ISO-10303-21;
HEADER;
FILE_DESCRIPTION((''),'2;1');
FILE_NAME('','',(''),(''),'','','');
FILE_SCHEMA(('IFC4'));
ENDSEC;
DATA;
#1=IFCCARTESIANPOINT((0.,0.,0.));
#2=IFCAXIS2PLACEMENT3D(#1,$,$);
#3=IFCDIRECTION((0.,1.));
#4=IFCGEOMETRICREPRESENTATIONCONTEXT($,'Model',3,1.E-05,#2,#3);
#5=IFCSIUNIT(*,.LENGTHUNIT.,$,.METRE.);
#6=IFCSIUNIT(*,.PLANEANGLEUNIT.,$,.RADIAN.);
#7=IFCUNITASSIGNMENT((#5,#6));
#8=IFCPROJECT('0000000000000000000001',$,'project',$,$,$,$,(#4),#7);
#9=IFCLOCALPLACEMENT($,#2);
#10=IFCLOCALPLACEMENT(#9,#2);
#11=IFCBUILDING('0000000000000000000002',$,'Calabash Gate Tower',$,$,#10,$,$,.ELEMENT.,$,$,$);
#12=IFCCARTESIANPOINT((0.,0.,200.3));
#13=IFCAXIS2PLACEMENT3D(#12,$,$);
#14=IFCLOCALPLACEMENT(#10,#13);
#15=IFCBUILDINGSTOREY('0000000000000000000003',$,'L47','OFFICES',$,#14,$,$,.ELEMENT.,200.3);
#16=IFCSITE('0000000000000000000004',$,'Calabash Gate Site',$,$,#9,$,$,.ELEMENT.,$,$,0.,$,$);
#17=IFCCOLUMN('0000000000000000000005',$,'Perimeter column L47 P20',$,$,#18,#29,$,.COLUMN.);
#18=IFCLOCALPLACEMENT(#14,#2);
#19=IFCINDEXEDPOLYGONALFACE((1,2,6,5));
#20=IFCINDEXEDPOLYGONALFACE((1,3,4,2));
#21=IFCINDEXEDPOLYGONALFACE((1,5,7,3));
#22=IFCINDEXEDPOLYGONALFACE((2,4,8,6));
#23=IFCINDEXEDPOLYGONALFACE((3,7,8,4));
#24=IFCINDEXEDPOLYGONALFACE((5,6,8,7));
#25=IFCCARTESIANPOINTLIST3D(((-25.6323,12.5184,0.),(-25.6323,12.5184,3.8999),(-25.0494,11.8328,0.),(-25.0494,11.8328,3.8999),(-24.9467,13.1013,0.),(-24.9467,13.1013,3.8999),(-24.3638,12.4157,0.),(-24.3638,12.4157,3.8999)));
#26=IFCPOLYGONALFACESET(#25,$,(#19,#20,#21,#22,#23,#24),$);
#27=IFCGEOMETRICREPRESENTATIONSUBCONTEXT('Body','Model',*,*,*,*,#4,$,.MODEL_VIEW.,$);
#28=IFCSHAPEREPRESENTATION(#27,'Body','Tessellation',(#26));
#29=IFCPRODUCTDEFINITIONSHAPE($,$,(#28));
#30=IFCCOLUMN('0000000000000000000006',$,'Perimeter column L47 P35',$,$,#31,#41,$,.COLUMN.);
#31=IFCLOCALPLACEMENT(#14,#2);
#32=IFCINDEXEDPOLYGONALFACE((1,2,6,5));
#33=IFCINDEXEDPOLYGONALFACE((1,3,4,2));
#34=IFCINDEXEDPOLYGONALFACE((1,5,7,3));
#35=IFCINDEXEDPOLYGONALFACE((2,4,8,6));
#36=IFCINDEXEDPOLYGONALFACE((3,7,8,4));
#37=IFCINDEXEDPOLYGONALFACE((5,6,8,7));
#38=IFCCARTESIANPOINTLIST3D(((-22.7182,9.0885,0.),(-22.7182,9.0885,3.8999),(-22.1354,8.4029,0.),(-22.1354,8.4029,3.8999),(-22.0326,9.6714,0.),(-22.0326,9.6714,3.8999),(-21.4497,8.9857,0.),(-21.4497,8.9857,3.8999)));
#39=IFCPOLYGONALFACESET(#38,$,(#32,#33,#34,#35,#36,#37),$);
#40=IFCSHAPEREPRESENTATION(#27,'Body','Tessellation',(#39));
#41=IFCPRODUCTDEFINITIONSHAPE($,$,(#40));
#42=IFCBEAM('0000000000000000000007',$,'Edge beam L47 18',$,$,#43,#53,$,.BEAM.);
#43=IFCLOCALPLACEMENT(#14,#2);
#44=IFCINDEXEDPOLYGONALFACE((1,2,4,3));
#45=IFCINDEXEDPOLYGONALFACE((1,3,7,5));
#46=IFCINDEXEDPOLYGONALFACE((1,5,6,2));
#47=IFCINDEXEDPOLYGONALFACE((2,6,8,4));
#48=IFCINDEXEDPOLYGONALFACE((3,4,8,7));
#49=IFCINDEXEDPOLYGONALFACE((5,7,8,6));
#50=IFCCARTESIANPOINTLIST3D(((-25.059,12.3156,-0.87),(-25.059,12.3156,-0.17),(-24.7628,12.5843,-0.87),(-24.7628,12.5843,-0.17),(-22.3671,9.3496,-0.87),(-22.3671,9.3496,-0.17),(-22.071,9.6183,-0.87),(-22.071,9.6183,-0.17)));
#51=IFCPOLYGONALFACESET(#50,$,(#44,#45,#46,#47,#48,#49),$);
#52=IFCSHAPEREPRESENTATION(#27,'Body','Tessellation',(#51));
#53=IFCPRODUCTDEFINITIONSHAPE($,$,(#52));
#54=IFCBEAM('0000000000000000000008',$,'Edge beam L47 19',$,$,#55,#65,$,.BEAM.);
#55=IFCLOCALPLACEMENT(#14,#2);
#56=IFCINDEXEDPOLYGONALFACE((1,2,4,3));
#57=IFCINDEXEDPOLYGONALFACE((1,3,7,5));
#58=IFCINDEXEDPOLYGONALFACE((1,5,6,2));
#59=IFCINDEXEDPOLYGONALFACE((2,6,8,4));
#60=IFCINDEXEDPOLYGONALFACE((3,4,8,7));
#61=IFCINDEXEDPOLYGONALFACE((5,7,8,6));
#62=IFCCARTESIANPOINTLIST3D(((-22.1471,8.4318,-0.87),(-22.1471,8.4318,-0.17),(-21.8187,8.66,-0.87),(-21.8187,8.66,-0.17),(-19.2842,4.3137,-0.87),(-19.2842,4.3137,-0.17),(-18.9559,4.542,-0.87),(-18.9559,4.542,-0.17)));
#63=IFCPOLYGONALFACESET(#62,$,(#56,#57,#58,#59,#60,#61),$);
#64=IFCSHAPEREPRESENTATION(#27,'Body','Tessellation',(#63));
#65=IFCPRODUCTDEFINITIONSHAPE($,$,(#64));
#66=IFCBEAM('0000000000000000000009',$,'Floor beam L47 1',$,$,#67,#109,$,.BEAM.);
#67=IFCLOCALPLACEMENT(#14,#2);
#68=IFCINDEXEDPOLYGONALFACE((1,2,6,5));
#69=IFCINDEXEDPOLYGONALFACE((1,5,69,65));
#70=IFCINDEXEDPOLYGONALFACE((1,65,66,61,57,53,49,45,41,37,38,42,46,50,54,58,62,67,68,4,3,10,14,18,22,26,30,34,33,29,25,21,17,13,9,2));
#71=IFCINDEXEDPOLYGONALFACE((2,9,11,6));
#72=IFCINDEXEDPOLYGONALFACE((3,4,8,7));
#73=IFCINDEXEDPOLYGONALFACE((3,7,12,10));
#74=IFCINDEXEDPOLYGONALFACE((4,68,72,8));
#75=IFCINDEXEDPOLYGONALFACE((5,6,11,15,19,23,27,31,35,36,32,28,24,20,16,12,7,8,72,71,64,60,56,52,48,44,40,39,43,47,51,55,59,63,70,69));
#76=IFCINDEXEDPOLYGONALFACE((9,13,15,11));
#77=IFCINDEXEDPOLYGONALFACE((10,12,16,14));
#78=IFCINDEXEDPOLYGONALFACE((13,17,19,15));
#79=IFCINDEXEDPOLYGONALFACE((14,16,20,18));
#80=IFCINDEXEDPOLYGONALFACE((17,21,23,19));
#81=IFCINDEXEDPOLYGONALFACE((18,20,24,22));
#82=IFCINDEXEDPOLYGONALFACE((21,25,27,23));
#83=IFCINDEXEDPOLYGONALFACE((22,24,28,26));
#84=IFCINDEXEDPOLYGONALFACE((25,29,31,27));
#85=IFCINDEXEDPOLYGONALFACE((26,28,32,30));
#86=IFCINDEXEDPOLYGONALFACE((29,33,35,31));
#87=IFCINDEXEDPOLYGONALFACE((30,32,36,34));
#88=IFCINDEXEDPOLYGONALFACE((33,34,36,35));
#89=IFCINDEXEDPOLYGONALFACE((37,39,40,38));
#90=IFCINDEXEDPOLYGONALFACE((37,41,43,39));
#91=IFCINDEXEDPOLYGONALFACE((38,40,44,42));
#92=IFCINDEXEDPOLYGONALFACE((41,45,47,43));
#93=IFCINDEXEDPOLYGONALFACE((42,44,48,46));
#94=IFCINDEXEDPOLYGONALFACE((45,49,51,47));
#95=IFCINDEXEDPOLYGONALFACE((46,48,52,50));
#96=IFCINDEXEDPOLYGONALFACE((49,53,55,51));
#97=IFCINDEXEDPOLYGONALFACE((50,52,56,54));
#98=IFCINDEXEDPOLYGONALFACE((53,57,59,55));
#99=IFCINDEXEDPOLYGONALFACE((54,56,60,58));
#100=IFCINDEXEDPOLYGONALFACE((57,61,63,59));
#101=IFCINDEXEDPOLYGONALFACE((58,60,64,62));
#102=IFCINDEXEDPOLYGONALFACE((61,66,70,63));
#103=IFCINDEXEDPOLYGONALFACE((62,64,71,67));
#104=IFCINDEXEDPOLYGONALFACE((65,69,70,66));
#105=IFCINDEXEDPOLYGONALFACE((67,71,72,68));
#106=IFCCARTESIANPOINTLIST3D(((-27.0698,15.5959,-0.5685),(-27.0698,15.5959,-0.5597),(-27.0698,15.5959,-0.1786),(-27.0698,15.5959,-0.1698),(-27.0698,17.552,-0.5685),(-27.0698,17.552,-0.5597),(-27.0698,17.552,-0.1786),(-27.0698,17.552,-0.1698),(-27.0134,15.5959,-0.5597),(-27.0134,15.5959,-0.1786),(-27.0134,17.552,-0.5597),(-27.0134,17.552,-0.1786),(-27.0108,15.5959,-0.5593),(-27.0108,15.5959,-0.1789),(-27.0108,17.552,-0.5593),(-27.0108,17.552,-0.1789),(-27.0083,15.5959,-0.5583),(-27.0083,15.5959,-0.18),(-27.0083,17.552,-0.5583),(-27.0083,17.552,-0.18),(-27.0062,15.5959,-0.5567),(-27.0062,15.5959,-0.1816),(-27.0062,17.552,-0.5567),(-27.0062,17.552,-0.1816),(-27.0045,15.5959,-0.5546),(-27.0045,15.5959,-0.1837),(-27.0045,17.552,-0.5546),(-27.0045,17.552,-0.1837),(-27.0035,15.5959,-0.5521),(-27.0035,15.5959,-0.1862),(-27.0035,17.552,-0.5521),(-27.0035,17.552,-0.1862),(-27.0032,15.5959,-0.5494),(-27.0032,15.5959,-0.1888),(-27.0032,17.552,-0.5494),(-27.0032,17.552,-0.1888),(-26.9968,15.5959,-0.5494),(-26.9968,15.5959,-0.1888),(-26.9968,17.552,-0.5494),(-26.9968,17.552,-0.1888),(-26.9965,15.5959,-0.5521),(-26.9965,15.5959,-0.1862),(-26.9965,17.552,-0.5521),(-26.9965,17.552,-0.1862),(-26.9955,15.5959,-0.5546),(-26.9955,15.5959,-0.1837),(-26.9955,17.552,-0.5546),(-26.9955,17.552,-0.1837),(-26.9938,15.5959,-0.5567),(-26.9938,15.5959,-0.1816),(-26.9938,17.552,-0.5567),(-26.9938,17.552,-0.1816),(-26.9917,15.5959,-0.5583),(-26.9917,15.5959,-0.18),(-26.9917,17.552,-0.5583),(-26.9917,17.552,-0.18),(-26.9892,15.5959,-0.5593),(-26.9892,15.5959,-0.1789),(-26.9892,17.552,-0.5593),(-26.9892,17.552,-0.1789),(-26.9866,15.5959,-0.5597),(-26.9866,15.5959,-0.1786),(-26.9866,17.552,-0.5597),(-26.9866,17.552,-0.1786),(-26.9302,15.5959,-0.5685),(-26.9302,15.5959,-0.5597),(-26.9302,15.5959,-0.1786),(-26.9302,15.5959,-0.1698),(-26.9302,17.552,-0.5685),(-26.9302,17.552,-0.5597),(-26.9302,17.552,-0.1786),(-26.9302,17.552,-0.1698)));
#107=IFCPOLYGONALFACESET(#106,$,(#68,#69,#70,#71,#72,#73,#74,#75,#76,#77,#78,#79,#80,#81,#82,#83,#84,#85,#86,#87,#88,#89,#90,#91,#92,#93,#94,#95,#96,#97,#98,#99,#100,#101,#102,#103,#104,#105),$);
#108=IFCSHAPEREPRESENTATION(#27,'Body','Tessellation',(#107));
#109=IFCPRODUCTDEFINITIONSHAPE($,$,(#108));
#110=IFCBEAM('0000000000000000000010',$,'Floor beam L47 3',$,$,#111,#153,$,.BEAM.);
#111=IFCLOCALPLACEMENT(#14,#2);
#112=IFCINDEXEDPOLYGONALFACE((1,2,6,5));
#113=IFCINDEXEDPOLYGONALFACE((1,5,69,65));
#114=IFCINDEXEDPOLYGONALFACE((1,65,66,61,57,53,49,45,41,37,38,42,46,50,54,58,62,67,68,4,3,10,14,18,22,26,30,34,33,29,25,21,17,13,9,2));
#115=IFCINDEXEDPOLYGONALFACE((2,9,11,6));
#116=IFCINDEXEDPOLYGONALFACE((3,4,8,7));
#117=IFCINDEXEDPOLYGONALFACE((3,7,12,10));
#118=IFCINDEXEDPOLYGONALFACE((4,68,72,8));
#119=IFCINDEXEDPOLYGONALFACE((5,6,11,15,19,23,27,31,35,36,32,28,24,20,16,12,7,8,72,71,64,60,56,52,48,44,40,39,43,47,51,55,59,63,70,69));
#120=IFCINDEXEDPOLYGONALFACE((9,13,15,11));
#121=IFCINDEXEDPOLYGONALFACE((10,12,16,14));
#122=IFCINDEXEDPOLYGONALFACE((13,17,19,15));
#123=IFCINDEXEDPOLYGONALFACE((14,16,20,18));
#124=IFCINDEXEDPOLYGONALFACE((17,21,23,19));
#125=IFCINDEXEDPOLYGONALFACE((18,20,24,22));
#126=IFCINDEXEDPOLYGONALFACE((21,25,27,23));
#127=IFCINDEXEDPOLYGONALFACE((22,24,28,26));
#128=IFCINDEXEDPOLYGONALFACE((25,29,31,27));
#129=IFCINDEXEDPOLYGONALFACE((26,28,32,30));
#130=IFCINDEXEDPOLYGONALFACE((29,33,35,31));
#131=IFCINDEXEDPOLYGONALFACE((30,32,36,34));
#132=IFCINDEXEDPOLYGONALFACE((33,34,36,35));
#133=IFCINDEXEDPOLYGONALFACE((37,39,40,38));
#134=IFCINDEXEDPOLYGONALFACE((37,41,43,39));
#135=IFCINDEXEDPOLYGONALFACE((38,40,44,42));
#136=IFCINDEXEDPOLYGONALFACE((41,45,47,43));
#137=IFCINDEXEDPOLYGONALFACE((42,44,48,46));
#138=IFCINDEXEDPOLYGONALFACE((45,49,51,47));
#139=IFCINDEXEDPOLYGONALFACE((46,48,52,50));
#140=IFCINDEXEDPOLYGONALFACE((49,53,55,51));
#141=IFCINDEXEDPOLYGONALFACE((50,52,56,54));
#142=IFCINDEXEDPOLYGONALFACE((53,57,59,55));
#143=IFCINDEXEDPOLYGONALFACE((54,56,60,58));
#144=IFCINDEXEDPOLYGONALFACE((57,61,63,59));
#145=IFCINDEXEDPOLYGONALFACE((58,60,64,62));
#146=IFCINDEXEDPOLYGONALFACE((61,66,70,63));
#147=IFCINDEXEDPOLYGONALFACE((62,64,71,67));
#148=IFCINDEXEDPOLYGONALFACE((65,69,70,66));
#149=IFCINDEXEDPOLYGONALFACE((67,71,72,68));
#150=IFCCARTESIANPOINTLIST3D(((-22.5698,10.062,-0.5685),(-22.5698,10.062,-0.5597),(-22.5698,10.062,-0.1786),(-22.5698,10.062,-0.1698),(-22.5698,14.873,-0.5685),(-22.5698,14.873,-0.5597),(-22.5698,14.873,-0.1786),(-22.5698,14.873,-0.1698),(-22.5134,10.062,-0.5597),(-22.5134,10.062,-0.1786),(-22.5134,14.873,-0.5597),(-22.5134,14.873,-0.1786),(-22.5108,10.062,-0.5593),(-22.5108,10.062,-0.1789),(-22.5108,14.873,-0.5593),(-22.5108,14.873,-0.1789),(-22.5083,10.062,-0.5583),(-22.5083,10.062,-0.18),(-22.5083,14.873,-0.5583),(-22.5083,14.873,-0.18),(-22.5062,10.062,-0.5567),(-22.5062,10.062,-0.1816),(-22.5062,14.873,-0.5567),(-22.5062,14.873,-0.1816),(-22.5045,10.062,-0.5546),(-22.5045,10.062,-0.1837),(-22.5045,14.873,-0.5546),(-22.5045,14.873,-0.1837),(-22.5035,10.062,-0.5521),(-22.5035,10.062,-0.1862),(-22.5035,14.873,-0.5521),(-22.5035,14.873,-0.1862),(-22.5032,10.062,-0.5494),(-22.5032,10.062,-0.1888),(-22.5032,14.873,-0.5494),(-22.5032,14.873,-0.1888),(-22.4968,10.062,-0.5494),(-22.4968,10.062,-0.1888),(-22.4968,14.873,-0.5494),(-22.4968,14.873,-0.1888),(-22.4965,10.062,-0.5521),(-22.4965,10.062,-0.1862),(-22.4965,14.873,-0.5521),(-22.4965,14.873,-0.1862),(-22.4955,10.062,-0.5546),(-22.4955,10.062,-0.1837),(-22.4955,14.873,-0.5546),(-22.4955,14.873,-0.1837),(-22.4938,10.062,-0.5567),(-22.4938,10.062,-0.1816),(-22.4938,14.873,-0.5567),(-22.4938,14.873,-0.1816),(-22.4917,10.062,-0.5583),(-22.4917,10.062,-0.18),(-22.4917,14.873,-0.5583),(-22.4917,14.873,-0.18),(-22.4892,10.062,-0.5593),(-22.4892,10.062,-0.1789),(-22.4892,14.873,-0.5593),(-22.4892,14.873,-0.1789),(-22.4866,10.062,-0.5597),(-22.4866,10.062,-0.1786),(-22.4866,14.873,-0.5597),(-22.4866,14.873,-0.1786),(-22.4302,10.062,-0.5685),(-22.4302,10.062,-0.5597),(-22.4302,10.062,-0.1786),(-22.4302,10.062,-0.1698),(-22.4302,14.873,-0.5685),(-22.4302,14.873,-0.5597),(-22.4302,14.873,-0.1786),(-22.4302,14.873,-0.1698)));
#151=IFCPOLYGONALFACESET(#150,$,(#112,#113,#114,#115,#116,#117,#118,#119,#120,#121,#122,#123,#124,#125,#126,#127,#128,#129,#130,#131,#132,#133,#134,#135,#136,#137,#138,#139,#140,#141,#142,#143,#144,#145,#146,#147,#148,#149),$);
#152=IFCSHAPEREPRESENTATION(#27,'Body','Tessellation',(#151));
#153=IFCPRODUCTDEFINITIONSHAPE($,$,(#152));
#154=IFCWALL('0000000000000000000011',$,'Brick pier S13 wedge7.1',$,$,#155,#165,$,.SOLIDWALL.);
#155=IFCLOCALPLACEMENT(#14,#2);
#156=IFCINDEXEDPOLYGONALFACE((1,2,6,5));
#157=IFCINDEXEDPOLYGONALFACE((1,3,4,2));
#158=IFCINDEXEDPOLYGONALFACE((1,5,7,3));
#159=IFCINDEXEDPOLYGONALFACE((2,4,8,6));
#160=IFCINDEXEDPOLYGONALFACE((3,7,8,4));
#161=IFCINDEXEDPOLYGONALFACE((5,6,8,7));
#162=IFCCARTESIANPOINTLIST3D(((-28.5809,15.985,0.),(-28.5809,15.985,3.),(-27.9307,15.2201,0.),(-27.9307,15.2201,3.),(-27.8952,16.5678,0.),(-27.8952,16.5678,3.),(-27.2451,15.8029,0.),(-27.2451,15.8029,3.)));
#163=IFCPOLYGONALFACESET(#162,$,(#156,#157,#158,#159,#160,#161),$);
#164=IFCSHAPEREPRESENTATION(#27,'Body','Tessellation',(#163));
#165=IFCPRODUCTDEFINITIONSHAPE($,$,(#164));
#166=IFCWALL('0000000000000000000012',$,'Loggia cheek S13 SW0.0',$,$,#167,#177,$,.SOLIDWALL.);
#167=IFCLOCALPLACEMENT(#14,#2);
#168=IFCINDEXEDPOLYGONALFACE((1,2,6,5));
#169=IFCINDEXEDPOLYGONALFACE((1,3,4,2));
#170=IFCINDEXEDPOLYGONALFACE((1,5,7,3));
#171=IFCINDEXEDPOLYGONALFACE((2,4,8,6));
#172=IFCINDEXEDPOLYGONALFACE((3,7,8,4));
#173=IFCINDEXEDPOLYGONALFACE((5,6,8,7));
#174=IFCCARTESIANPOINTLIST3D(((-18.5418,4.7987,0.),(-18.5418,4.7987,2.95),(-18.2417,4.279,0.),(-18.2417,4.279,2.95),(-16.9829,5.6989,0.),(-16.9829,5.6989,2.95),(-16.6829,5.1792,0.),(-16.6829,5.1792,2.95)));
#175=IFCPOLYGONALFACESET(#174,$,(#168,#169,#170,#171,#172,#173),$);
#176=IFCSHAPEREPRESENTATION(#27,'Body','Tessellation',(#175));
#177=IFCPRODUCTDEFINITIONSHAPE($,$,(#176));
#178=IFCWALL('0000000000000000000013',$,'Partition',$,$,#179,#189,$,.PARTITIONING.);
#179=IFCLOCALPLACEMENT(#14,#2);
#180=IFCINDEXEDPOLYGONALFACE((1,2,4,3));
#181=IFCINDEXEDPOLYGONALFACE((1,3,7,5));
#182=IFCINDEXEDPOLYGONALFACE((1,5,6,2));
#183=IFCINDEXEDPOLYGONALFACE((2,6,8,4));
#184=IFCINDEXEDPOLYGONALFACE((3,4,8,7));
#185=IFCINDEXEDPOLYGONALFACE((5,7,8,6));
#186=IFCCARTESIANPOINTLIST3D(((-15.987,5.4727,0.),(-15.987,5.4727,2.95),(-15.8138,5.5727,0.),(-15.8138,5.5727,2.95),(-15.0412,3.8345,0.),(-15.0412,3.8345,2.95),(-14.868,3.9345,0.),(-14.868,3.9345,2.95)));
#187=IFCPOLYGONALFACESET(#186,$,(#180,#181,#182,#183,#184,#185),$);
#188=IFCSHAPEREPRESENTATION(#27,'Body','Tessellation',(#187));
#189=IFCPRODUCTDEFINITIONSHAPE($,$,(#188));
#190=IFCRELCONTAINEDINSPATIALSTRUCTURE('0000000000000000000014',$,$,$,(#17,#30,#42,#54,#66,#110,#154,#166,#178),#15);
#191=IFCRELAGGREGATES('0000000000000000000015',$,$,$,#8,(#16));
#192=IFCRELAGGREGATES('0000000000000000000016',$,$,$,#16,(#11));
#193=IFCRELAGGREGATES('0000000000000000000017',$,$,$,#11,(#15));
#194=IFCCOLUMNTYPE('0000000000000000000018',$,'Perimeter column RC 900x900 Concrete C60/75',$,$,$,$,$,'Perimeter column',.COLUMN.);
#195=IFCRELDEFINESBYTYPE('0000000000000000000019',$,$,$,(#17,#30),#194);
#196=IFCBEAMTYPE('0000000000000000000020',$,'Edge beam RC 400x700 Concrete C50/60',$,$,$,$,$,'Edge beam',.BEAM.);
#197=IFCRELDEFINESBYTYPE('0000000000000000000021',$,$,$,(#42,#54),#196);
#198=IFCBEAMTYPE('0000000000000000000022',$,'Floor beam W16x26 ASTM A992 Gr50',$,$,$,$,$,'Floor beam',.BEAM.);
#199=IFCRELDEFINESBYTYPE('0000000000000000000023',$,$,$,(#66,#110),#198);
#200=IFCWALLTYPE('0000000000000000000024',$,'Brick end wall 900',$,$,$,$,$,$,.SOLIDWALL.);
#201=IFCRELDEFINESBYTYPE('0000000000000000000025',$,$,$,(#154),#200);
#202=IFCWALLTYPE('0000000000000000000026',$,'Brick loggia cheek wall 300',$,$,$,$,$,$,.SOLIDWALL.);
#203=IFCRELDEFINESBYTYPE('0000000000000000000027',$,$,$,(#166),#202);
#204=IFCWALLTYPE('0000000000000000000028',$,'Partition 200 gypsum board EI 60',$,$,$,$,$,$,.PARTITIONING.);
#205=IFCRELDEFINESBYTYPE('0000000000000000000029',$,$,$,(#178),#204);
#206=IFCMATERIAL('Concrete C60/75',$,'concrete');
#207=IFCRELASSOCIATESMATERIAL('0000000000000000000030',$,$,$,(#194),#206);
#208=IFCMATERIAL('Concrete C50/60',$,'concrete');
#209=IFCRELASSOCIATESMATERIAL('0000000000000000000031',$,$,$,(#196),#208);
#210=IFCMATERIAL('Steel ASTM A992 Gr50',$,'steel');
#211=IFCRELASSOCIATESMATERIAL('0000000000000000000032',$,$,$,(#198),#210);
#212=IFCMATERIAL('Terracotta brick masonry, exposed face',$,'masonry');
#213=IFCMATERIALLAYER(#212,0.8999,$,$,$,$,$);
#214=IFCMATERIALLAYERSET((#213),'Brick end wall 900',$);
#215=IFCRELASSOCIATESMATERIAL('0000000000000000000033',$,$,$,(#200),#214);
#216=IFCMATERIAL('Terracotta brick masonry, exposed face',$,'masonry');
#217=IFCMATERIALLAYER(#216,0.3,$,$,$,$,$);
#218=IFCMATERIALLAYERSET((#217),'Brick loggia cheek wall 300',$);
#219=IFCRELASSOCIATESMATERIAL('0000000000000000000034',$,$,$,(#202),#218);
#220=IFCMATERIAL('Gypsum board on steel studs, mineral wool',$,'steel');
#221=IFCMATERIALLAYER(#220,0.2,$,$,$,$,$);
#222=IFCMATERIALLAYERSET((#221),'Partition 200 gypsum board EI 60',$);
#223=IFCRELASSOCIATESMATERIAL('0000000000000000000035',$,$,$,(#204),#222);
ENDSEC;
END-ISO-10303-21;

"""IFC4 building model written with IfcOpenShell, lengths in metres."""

from ifc_helpers import new_model, si_unit, direction, frame, frame_2d, origin, origin_2d, place, context, subcontext, project, spatial, rectangle, i_section, extrude, material, layer, layer_set, material_profile, profile_set, type_object, element, save


model = new_model("IFC4")

# Units and contexts
model_context = context("Model", 3, precision=1e-05, world=origin(), true_north=direction((0.0, 1.0)))
body_context = subcontext(model_context, "Body", "Model", "MODEL_VIEW")
ifc_project = project(units=[si_unit("LENGTHUNIT", "METRE"), si_unit("PLANEANGLEUNIT", "RADIAN")], contexts=[model_context])

# Site, building, storey
site_placement = place(None, origin())
site = spatial("IfcSite", under=ifc_project, at=site_placement, Name="Calabash Gate Site", CompositionType="ELEMENT", RefElevation=0.0)
building_placement = place(site_placement, origin())
building = spatial("IfcBuilding", under=site, at=building_placement, Name="Calabash Gate Tower", CompositionType="ELEMENT")
storey_placement = place(building_placement, frame((0.0, 0.0, 200.3)))
storey = spatial("IfcBuildingStorey", under=building, at=storey_placement, Name="L47", Description="OFFICES", CompositionType="ELEMENT", Elevation=200.3)

# Columns
ifc_material_1 = material(Name="Concrete C60/75", Category="concrete")
ifc_material_profile_1 = material_profile(ifc_material_1, rectangle(XDim=0.8999, YDim=0.8999, at=origin_2d()))
ifc_profile_set_1 = profile_set([ifc_material_profile_1], Name="Concrete C60/75")
column_type = type_object("IfcColumnType", Name="Perimeter column RC 900x900 Concrete C60/75", ElementType="Perimeter column", PredefinedType="COLUMN", material=ifc_profile_set_1)
for number, where, z_axis, x_axis, name in (
    (1, (-24.998, 12.467, 0.0), (0.0, 0.0, 1.0), (0.647704, -0.761892, 0.0), "Perimeter column L47 P20"),
    (2, (-22.084, 9.0371, 0.0), (0.0, 0.0, 1.0), (0.647704, -0.761892, 0.0), "Perimeter column L47 P35"),
):
    element("IfcColumn", number, at=place(storey_placement, frame(where, z_axis=z_axis, x_axis=x_axis)), inside=storey, type_object=column_type, Name=name, PredefinedType="COLUMN", context=body_context, shape_type="SweptSolid", body=[
        extrude(rectangle(XDim=0.8999, YDim=0.8999, at=origin_2d()), origin(), (0.0, 0.0, 1.0), 3.8999),
    ])

# Beams
ifc_material_2 = material(Name="Concrete C50/60", Category="concrete")
ifc_material_profile_2 = material_profile(ifc_material_2, rectangle(XDim=0.3999, YDim=0.7, at=origin_2d()))
ifc_profile_set_2 = profile_set([ifc_material_profile_2], Name="Concrete C50/60")
beam_type_1 = type_object("IfcBeamType", Name="Edge beam RC 400x700 Concrete C50/60", ElementType="Edge beam", PredefinedType="BEAM", material=ifc_profile_set_2)
beam_1_placement = place(storey_placement, frame((-24.9109, 12.45, -0.52), z_axis=(0.672054, -0.740502, 0.0), x_axis=(0.740502, 0.672054, 0.0)))
element("IfcBeam", 3, at=beam_1_placement, inside=storey, type_object=beam_type_1, Name="Edge beam L47 18", PredefinedType="BEAM", context=body_context, shape_type="SweptSolid", body=[
    extrude(rectangle(XDim=0.3999, YDim=0.7, at=origin_2d()), origin(), (0.0, 0.0, 1.0), 4.0054),
])
beam_2_placement = place(storey_placement, frame((-21.9829, 8.5459, -0.52), z_axis=(0.570816, -0.821078, 0.0), x_axis=(0.821078, 0.570816, 0.0)))
element("IfcBeam", 4, at=beam_2_placement, inside=storey, type_object=beam_type_1, Name="Edge beam L47 19", PredefinedType="BEAM", context=body_context, shape_type="SweptSolid", body=[
    extrude(rectangle(XDim=0.3999, YDim=0.7, at=origin_2d()), origin(), (0.0, 0.0, 1.0), 5.0154),
])
ifc_material_3 = material(Name="Steel ASTM A992 Gr50", Category="steel")
ifc_material_profile_3 = material_profile(ifc_material_3, i_section(OverallWidth=0.1396, OverallDepth=0.3987, WebThickness=0.0063, FlangeThickness=0.0088, FilletRadius=0.0103, at=origin_2d()))
ifc_profile_set_3 = profile_set([ifc_material_profile_3], Name="Steel ASTM A992 Gr50")
beam_type_2 = type_object("IfcBeamType", Name="Floor beam W16x26 ASTM A992 Gr50", ElementType="Floor beam", PredefinedType="BEAM", material=ifc_profile_set_3)
beam_3_placement = place(storey_placement, frame((-27.0, 15.5959, -0.3691), z_axis=(0.0, 1.0, 0.0), x_axis=(-1.0, 0.0, 0.0)))
element("IfcBeam", 5, at=beam_3_placement, inside=storey, type_object=beam_type_2, Name="Floor beam L47 1", PredefinedType="BEAM", context=body_context, shape_type="SweptSolid", body=[
    extrude(i_section(OverallWidth=0.1396, OverallDepth=0.3987, WebThickness=0.0063, FlangeThickness=0.0088, FilletRadius=0.0103, at=origin_2d()), origin(), (0.0, 0.0, 1.0), 1.9561),
])
beam_4_placement = place(storey_placement, frame((-22.5, 10.062, -0.3691), z_axis=(0.0, 1.0, 0.0), x_axis=(-1.0, 0.0, 0.0)))
element("IfcBeam", 6, at=beam_4_placement, inside=storey, type_object=beam_type_2, Name="Floor beam L47 3", PredefinedType="BEAM", context=body_context, shape_type="SweptSolid", body=[
    extrude(i_section(OverallWidth=0.1396, OverallDepth=0.3987, WebThickness=0.0063, FlangeThickness=0.0088, FilletRadius=0.0103, at=origin_2d()), origin(), (0.0, 0.0, 1.0), 4.811),
])

# Walls
ifc_material_4 = material(Name="Terracotta brick masonry, exposed face", Category="masonry")
ifc_layer_1 = layer(ifc_material_4, 0.8999)
ifc_layer_set_1 = layer_set([ifc_layer_1], Name="Brick end wall 900")
wall_type_1 = type_object("IfcWallType", Name="Brick end wall 900", PredefinedType="SOLIDWALL", material=ifc_layer_set_1)
wall_1_placement = place(storey_placement, frame((-27.5879, 15.5115, 0.0), z_axis=(0.0, 0.0, 1.0), x_axis=(-0.647641, 0.761945, 0.0)))
element("IfcWall", 7, at=wall_1_placement, inside=storey, type_object=wall_type_1, Name="Brick pier S13 wedge7.1", PredefinedType="SOLIDWALL", context=body_context, shape_type="SweptSolid", body=[
    extrude(rectangle(XDim=1.0039, YDim=0.8999, at=frame_2d((0.502, 0.0))), origin(), (0.0, 0.0, 1.0), 3.0),
])
ifc_material_5 = material(Name="Terracotta brick masonry, exposed face", Category="masonry")
ifc_layer_2 = layer(ifc_material_5, 0.3)
ifc_layer_set_2 = layer_set([ifc_layer_2], Name="Brick loggia cheek wall 300")
wall_type_2 = type_object("IfcWallType", Name="Brick loggia cheek wall 300", PredefinedType="SOLIDWALL", material=ifc_layer_set_2)
wall_2_placement = place(storey_placement, frame((-16.833, 5.439, 0.0), z_axis=(0.0, 0.0, 1.0), x_axis=(-0.865989, -0.500063, 0.0)))
element("IfcWall", 8, at=wall_2_placement, inside=storey, type_object=wall_type_2, Name="Loggia cheek S13 SW0.0", PredefinedType="SOLIDWALL", context=body_context, shape_type="SweptSolid", body=[
    extrude(rectangle(XDim=1.8, YDim=0.6001, at=frame_2d((0.8999, 0.0))), origin(), (0.0, 0.0, 1.0), 2.95),
])
ifc_material_6 = material(Name="Gypsum board on steel studs, mineral wool", Category="steel")
ifc_layer_3 = layer(ifc_material_6, 0.2)
ifc_layer_set_3 = layer_set([ifc_layer_3], Name="Partition 200 gypsum board EI 60")
wall_type_3 = type_object("IfcWallType", Name="Partition 200 gypsum board EI 60", PredefinedType="PARTITIONING", material=ifc_layer_set_3)
wall_3_placement = place(storey_placement, frame((-15.9004, 5.5227, 0.0), z_axis=(0.0, 0.0, 1.0), x_axis=(0.499998, -0.866027, 0.0)))
element("IfcWall", 9, at=wall_3_placement, inside=storey, type_object=wall_type_3, Name="Partition", PredefinedType="PARTITIONING", context=body_context, shape_type="SweptSolid", body=[
    extrude(rectangle(XDim=1.8916, YDim=0.2, at=frame_2d((0.9458, 0.0))), origin(), (0.0, 0.0, 1.0), 2.95),
])

save(model, "model.ifc")
